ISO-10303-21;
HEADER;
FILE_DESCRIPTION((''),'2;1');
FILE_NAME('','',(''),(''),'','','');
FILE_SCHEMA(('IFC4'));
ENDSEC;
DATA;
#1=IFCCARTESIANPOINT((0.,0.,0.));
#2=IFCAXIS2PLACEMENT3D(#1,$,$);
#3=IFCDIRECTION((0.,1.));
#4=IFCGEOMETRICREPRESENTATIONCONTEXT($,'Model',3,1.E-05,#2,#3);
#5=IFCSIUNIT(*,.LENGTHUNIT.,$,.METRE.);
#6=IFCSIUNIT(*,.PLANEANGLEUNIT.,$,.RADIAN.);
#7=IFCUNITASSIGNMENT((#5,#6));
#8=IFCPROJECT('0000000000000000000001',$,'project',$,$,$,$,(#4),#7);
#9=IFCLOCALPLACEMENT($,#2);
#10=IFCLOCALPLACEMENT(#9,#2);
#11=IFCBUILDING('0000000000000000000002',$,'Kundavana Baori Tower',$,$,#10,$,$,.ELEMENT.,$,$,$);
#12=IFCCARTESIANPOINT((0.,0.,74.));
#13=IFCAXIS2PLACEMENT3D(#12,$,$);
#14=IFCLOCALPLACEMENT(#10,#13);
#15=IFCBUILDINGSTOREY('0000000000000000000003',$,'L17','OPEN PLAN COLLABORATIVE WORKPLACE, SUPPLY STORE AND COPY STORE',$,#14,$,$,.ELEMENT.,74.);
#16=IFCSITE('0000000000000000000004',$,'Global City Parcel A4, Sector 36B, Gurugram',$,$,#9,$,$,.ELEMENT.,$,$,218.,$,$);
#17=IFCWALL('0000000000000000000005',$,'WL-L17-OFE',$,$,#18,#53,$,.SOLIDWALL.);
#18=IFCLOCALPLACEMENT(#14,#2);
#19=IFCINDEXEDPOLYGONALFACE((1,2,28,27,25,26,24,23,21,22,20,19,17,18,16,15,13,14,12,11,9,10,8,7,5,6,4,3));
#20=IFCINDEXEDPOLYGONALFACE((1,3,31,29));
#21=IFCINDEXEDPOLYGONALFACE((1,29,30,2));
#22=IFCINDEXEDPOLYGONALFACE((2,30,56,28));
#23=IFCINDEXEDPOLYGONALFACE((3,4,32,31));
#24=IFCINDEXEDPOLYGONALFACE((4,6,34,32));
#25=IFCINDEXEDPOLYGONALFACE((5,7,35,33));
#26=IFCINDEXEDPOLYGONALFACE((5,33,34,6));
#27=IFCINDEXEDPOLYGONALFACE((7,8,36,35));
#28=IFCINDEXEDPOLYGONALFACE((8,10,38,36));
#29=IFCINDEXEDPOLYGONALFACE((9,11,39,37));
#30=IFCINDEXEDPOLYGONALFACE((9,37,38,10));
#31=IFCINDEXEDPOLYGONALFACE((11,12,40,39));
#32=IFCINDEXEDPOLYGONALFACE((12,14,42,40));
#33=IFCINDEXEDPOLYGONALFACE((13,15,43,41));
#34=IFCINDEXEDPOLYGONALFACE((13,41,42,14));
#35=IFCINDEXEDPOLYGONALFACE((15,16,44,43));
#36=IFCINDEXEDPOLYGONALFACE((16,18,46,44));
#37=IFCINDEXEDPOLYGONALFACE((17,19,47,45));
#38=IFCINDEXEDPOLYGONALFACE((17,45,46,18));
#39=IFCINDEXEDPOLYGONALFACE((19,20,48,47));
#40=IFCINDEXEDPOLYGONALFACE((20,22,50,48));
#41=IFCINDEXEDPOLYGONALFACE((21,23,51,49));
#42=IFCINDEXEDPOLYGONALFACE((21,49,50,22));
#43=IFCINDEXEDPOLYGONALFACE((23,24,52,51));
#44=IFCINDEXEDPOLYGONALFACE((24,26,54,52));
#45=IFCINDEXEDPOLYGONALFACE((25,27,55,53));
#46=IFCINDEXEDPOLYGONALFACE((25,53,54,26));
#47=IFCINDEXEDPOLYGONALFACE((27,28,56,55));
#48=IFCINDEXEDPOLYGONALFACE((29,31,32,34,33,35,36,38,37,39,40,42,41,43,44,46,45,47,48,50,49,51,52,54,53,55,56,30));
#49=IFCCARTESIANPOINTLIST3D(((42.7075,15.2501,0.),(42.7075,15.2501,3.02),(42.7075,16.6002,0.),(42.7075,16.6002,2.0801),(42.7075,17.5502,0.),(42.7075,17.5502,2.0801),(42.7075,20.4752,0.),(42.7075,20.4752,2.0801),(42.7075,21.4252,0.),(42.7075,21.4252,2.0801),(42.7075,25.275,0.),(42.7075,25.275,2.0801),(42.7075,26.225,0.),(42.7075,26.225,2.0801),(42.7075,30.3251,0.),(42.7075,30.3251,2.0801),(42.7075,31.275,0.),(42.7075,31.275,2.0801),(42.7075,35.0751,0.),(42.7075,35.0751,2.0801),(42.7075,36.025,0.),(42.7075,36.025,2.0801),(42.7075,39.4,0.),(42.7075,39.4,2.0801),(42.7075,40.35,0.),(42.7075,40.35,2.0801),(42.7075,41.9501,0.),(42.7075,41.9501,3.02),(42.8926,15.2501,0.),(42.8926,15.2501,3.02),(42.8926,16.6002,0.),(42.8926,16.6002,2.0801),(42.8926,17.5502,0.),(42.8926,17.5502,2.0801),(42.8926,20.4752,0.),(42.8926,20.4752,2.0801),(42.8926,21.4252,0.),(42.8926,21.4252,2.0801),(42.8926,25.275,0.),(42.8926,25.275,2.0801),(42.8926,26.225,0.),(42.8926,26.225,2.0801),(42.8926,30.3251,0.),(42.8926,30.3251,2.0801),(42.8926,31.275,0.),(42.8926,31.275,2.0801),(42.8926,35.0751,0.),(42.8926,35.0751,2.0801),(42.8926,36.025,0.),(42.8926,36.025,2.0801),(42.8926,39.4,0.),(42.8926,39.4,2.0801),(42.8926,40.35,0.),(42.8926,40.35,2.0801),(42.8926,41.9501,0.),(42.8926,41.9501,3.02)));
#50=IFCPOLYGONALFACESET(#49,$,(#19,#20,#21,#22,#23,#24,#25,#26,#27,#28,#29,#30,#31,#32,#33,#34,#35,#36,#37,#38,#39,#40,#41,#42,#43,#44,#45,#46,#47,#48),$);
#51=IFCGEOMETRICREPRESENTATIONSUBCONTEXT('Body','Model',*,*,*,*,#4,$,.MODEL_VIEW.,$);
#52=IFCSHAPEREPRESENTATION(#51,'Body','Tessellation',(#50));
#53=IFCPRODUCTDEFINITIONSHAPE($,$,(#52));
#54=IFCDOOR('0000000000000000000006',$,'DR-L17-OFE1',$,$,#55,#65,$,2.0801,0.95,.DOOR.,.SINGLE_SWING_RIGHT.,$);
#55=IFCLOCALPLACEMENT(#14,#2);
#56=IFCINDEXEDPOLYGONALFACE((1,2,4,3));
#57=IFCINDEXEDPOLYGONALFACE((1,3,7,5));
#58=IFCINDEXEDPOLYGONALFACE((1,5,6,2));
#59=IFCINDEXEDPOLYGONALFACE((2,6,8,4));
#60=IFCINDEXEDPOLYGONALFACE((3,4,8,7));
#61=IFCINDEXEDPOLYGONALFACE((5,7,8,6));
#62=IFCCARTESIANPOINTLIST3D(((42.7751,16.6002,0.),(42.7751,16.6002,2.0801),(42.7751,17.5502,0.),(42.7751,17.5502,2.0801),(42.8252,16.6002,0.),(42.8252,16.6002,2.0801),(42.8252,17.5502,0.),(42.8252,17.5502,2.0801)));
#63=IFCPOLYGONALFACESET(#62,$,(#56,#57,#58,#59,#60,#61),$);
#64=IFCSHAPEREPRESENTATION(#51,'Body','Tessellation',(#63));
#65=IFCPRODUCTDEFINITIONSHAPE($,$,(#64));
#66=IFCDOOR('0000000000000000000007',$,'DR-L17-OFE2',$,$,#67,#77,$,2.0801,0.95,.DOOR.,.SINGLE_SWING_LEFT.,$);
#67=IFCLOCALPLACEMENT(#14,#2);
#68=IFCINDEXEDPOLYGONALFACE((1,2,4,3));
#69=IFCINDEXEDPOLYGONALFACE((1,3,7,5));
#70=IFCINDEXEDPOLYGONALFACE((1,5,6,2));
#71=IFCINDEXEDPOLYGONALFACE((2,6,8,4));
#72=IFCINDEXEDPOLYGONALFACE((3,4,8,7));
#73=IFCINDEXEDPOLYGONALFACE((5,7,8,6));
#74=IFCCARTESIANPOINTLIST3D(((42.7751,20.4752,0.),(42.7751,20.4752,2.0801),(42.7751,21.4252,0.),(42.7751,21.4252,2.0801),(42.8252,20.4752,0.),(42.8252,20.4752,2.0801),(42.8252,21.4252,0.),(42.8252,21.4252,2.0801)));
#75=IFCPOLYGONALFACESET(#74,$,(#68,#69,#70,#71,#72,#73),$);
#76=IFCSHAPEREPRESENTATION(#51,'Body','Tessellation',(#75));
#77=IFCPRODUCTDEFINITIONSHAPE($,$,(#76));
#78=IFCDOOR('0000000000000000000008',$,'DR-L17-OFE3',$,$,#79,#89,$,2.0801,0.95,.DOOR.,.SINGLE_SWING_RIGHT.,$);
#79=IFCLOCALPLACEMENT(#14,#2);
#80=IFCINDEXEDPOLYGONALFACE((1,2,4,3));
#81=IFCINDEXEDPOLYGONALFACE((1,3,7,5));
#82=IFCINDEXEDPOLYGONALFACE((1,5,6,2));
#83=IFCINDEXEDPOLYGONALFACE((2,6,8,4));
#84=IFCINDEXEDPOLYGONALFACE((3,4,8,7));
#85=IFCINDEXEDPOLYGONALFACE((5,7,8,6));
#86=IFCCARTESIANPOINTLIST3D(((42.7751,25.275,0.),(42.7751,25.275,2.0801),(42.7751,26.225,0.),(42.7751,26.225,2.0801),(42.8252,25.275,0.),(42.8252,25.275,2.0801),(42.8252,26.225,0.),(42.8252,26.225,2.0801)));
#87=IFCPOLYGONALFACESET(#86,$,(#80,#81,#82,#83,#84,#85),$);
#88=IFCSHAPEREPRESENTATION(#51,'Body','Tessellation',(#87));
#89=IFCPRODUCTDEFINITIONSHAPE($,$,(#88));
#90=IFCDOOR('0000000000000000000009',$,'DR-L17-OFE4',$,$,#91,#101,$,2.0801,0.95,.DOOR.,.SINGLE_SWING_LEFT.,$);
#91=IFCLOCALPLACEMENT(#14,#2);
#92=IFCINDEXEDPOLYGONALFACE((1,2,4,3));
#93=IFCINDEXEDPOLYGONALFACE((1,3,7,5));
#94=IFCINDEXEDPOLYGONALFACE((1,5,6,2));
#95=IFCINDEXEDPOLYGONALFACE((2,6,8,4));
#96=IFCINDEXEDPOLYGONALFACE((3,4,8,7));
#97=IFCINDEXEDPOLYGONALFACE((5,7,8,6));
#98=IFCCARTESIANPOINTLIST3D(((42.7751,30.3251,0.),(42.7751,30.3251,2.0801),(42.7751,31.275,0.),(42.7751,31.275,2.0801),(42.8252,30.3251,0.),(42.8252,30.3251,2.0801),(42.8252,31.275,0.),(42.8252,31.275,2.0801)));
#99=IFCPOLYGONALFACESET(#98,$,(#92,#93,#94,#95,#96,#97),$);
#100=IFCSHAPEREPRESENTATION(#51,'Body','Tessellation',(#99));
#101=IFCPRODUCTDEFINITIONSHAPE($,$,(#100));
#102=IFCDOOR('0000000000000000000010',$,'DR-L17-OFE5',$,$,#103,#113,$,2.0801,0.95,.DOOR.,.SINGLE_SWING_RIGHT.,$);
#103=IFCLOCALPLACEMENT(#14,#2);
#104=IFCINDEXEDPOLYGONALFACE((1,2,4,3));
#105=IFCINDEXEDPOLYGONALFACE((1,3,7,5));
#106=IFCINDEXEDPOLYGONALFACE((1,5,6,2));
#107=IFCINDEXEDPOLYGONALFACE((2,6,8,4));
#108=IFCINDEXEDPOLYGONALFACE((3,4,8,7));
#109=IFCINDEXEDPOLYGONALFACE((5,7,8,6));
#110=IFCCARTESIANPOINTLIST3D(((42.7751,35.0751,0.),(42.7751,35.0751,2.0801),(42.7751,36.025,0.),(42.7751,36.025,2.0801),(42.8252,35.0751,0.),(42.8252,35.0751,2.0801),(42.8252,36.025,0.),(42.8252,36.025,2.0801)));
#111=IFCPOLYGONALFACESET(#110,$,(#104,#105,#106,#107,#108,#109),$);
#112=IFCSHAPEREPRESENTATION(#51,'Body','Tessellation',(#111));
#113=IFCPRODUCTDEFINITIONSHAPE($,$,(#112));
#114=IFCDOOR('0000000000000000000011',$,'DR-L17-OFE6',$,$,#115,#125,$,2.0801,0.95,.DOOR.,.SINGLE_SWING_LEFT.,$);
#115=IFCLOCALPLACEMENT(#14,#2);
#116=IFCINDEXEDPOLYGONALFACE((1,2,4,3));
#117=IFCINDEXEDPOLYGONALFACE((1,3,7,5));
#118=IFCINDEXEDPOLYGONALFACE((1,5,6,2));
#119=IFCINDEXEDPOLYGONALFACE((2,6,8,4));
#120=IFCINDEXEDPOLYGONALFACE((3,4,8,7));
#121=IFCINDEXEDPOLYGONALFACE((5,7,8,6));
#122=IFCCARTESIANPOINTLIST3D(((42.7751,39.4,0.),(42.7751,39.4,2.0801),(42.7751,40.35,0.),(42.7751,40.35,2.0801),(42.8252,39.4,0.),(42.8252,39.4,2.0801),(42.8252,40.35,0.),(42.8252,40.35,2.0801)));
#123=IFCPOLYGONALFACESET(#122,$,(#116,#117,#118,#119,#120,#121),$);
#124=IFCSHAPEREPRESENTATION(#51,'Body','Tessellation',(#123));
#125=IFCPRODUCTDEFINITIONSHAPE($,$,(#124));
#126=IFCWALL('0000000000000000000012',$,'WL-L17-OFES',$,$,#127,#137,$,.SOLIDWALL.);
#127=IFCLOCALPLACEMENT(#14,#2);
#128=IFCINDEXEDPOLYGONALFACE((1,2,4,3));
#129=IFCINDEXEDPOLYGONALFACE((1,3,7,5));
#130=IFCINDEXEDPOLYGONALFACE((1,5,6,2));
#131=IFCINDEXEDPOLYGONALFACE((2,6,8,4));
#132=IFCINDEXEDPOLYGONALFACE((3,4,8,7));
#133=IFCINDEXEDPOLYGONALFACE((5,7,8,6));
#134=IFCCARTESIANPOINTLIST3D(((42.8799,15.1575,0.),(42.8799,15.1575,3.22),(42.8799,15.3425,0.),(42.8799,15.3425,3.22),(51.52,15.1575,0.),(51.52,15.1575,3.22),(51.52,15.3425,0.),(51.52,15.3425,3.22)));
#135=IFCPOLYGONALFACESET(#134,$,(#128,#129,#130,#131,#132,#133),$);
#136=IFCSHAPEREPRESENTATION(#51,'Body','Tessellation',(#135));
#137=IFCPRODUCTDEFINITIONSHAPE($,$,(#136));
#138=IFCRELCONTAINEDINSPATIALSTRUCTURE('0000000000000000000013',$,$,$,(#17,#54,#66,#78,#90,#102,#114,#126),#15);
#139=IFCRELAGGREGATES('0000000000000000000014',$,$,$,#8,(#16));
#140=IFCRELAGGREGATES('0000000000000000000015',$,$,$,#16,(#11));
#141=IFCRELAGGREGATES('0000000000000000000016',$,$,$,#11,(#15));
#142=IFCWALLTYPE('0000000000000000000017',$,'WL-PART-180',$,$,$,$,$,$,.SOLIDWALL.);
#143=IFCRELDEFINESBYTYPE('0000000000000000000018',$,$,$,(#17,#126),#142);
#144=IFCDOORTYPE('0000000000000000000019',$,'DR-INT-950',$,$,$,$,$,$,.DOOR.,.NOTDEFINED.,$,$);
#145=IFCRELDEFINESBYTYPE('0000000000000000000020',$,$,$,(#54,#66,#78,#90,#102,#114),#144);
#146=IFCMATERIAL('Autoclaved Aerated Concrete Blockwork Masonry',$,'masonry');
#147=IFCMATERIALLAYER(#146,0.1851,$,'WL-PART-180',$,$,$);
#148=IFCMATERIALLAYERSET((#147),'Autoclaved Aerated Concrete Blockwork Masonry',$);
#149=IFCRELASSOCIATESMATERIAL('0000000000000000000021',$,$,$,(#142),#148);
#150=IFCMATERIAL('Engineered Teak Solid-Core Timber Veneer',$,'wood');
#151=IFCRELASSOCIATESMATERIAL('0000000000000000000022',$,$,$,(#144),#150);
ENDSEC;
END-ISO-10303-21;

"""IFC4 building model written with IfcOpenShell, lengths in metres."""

from ifc_helpers import new_model, si_unit, direction, frame, frame_2d, origin, place, context, subcontext, project, spatial, rectangle, extrude, material, layer, layer_set, type_object, element, fill, save


model = new_model("IFC4")

# Units and contexts
model_context = context("Model", 3, precision=1e-05, world=origin(), true_north=direction((0.0, 1.0)))
body_context = subcontext(model_context, "Body", "Model", "MODEL_VIEW")
ifc_project = project(units=[si_unit("LENGTHUNIT", "METRE"), si_unit("PLANEANGLEUNIT", "RADIAN")], contexts=[model_context])

# Site, building, storey
site_placement = place(None, origin())
site = spatial("IfcSite", under=ifc_project, at=site_placement, Name="Global City Parcel A4, Sector 36B, Gurugram", CompositionType="ELEMENT", RefElevation=218.0)
building_placement = place(site_placement, origin())
building = spatial("IfcBuilding", under=site, at=building_placement, Name="Kundavana Baori Tower", CompositionType="ELEMENT")
storey_placement = place(building_placement, frame((0.0, 0.0, 74.0)))
storey = spatial("IfcBuildingStorey", under=building, at=storey_placement, Name="L17", Description="OPEN PLAN COLLABORATIVE WORKPLACE, SUPPLY STORE AND COPY STORE", CompositionType="ELEMENT", Elevation=74.0)

# Wall, openings, doors
ifc_material_1 = material(Name="Autoclaved Aerated Concrete Blockwork Masonry", Category="masonry")
ifc_layer_1 = layer(ifc_material_1, 0.1851, Name="WL-PART-180")
ifc_layer_set_1 = layer_set([ifc_layer_1], Name="Autoclaved Aerated Concrete Blockwork Masonry")
wall_type_1 = type_object("IfcWallType", Name="WL-PART-180", PredefinedType="SOLIDWALL", material=ifc_layer_set_1)
wall_1_placement = place(storey_placement, frame((42.8, 15.25, 0.0), z_axis=(0.0, 0.0, 1.0), x_axis=(0.0, 1.0, 0.0)))
wall_1 = element("IfcWall", 1, at=wall_1_placement, inside=storey, type_object=wall_type_1, Name="WL-L17-OFE", PredefinedType="SOLIDWALL", context=body_context, shape_type="SweptSolid", body=[
    extrude(rectangle(XDim=26.7, YDim=0.1851, at=frame_2d((13.3501, 0.0))), origin(), (0.0, 0.0, 1.0), 3.02),
])
opening_1_placement = place(wall_1_placement, frame((1.3501, 0.0, 0.0)))
opening_1 = element("IfcOpeningElement", 2, at=opening_1_placement, cuts=wall_1, PredefinedType="OPENING", context=body_context, shape_type="SweptSolid", body=[
    extrude(rectangle(XDim=0.95, YDim=2.0801, at=frame_2d((0.4751, 1.04))), frame((0.0, 0.1025, 0.0), z_axis=(0.0, -1.0, 0.0), x_axis=(1.0, 0.0, 0.0)), (0.0, 0.0, 1.0), 0.2051),
])
opening_2_placement = place(wall_1_placement, frame((5.2251, 0.0, 0.0)))
opening_2 = element("IfcOpeningElement", 3, at=opening_2_placement, cuts=wall_1, PredefinedType="OPENING", context=body_context, shape_type="SweptSolid", body=[
    extrude(rectangle(XDim=0.95, YDim=2.0801, at=frame_2d((0.4751, 1.04))), frame((0.0, 0.1025, 0.0), z_axis=(0.0, -1.0, 0.0), x_axis=(1.0, 0.0, 0.0)), (0.0, 0.0, 1.0), 0.2051),
])
opening_3_placement = place(wall_1_placement, frame((10.0249, 0.0, 0.0)))
opening_3 = element("IfcOpeningElement", 4, at=opening_3_placement, cuts=wall_1, PredefinedType="OPENING", context=body_context, shape_type="SweptSolid", body=[
    extrude(rectangle(XDim=0.95, YDim=2.0801, at=frame_2d((0.4751, 1.04))), frame((0.0, 0.1025, 0.0), z_axis=(0.0, -1.0, 0.0), x_axis=(1.0, 0.0, 0.0)), (0.0, 0.0, 1.0), 0.2051),
])
opening_4_placement = place(wall_1_placement, frame((15.075, 0.0, 0.0)))
opening_4 = element("IfcOpeningElement", 5, at=opening_4_placement, cuts=wall_1, PredefinedType="OPENING", context=body_context, shape_type="SweptSolid", body=[
    extrude(rectangle(XDim=0.95, YDim=2.0801, at=frame_2d((0.4751, 1.04))), frame((0.0, 0.1025, 0.0), z_axis=(0.0, -1.0, 0.0), x_axis=(1.0, 0.0, 0.0)), (0.0, 0.0, 1.0), 0.2051),
])
opening_5_placement = place(wall_1_placement, frame((19.825, 0.0, 0.0)))
opening_5 = element("IfcOpeningElement", 6, at=opening_5_placement, cuts=wall_1, PredefinedType="OPENING", context=body_context, shape_type="SweptSolid", body=[
    extrude(rectangle(XDim=0.95, YDim=2.0801, at=frame_2d((0.4751, 1.04))), frame((0.0, 0.1025, 0.0), z_axis=(0.0, -1.0, 0.0), x_axis=(1.0, 0.0, 0.0)), (0.0, 0.0, 1.0), 0.2051),
])
opening_6_placement = place(wall_1_placement, frame((24.1499, 0.0, 0.0)))
opening_6 = element("IfcOpeningElement", 7, at=opening_6_placement, cuts=wall_1, PredefinedType="OPENING", context=body_context, shape_type="SweptSolid", body=[
    extrude(rectangle(XDim=0.95, YDim=2.0801, at=frame_2d((0.4751, 1.04))), frame((0.0, 0.1025, 0.0), z_axis=(0.0, -1.0, 0.0), x_axis=(1.0, 0.0, 0.0)), (0.0, 0.0, 1.0), 0.2051),
])
ifc_material_2 = material(Name="Engineered Teak Solid-Core Timber Veneer", Category="wood")
door_type_1 = type_object("IfcDoorType", Name="DR-INT-950", OperationType="NOTDEFINED", PredefinedType="DOOR", material=ifc_material_2)
door_1_placement = place(opening_1_placement, origin())
door_1 = element("IfcDoor", 8, at=door_1_placement, inside=storey, type_object=door_type_1, Name="DR-L17-OFE1", OperationType="SINGLE_SWING_RIGHT", OverallHeight=2.0801, OverallWidth=0.95, PredefinedType="DOOR", context=body_context, shape_type="SweptSolid", body=[
    extrude(rectangle(XDim=0.95, YDim=2.0801, at=frame_2d((0.4751, 1.04))), frame((0.0, 0.0249, 0.0), z_axis=(0.0, -1.0, 0.0), x_axis=(1.0, 0.0, 0.0)), (0.0, 0.0, 1.0), 0.05),
])
fill(opening_1, door_1)
door_2_placement = place(opening_2_placement, origin())
door_2 = element("IfcDoor", 9, at=door_2_placement, inside=storey, type_object=door_type_1, Name="DR-L17-OFE2", OperationType="SINGLE_SWING_LEFT", OverallHeight=2.0801, OverallWidth=0.95, PredefinedType="DOOR", context=body_context, shape_type="SweptSolid", body=[
    extrude(rectangle(XDim=0.95, YDim=2.0801, at=frame_2d((0.4751, 1.04))), frame((0.0, 0.0249, 0.0), z_axis=(0.0, -1.0, 0.0), x_axis=(1.0, 0.0, 0.0)), (0.0, 0.0, 1.0), 0.05),
])
fill(opening_2, door_2)
door_3_placement = place(opening_3_placement, origin())
door_3 = element("IfcDoor", 10, at=door_3_placement, inside=storey, type_object=door_type_1, Name="DR-L17-OFE3", OperationType="SINGLE_SWING_RIGHT", OverallHeight=2.0801, OverallWidth=0.95, PredefinedType="DOOR", context=body_context, shape_type="SweptSolid", body=[
    extrude(rectangle(XDim=0.95, YDim=2.0801, at=frame_2d((0.4751, 1.04))), frame((0.0, 0.0249, 0.0), z_axis=(0.0, -1.0, 0.0), x_axis=(1.0, 0.0, 0.0)), (0.0, 0.0, 1.0), 0.05),
])
fill(opening_3, door_3)
door_4_placement = place(opening_4_placement, origin())
door_4 = element("IfcDoor", 11, at=door_4_placement, inside=storey, type_object=door_type_1, Name="DR-L17-OFE4", OperationType="SINGLE_SWING_LEFT", OverallHeight=2.0801, OverallWidth=0.95, PredefinedType="DOOR", context=body_context, shape_type="SweptSolid", body=[
    extrude(rectangle(XDim=0.95, YDim=2.0801, at=frame_2d((0.4751, 1.04))), frame((0.0, 0.0249, 0.0), z_axis=(0.0, -1.0, 0.0), x_axis=(1.0, 0.0, 0.0)), (0.0, 0.0, 1.0), 0.05),
])
fill(opening_4, door_4)
door_5_placement = place(opening_5_placement, origin())
door_5 = element("IfcDoor", 12, at=door_5_placement, inside=storey, type_object=door_type_1, Name="DR-L17-OFE5", OperationType="SINGLE_SWING_RIGHT", OverallHeight=2.0801, OverallWidth=0.95, PredefinedType="DOOR", context=body_context, shape_type="SweptSolid", body=[
    extrude(rectangle(XDim=0.95, YDim=2.0801, at=frame_2d((0.4751, 1.04))), frame((0.0, 0.0249, 0.0), z_axis=(0.0, -1.0, 0.0), x_axis=(1.0, 0.0, 0.0)), (0.0, 0.0, 1.0), 0.05),
])
fill(opening_5, door_5)
door_6_placement = place(opening_6_placement, origin())
door_6 = element("IfcDoor", 13, at=door_6_placement, inside=storey, type_object=door_type_1, Name="DR-L17-OFE6", OperationType="SINGLE_SWING_LEFT", OverallHeight=2.0801, OverallWidth=0.95, PredefinedType="DOOR", context=body_context, shape_type="SweptSolid", body=[
    extrude(rectangle(XDim=0.95, YDim=2.0801, at=frame_2d((0.4751, 1.04))), frame((0.0, 0.0249, 0.0), z_axis=(0.0, -1.0, 0.0), x_axis=(1.0, 0.0, 0.0)), (0.0, 0.0, 1.0), 0.05),
])
fill(opening_6, door_6)

# Wall
wall_2_placement = place(storey_placement, frame((42.8799, 15.25, 0.0), z_axis=(0.0, 0.0, 1.0), x_axis=(1.0, 0.0, 0.0)))
element("IfcWall", 14, at=wall_2_placement, inside=storey, type_object=wall_type_1, Name="WL-L17-OFES", PredefinedType="SOLIDWALL", context=body_context, shape_type="SweptSolid", body=[
    extrude(rectangle(XDim=8.6401, YDim=0.1851, at=frame_2d((4.3201, 0.0))), origin(), (0.0, 0.0, 1.0), 3.22),
])

save(model, "model.ifc")
